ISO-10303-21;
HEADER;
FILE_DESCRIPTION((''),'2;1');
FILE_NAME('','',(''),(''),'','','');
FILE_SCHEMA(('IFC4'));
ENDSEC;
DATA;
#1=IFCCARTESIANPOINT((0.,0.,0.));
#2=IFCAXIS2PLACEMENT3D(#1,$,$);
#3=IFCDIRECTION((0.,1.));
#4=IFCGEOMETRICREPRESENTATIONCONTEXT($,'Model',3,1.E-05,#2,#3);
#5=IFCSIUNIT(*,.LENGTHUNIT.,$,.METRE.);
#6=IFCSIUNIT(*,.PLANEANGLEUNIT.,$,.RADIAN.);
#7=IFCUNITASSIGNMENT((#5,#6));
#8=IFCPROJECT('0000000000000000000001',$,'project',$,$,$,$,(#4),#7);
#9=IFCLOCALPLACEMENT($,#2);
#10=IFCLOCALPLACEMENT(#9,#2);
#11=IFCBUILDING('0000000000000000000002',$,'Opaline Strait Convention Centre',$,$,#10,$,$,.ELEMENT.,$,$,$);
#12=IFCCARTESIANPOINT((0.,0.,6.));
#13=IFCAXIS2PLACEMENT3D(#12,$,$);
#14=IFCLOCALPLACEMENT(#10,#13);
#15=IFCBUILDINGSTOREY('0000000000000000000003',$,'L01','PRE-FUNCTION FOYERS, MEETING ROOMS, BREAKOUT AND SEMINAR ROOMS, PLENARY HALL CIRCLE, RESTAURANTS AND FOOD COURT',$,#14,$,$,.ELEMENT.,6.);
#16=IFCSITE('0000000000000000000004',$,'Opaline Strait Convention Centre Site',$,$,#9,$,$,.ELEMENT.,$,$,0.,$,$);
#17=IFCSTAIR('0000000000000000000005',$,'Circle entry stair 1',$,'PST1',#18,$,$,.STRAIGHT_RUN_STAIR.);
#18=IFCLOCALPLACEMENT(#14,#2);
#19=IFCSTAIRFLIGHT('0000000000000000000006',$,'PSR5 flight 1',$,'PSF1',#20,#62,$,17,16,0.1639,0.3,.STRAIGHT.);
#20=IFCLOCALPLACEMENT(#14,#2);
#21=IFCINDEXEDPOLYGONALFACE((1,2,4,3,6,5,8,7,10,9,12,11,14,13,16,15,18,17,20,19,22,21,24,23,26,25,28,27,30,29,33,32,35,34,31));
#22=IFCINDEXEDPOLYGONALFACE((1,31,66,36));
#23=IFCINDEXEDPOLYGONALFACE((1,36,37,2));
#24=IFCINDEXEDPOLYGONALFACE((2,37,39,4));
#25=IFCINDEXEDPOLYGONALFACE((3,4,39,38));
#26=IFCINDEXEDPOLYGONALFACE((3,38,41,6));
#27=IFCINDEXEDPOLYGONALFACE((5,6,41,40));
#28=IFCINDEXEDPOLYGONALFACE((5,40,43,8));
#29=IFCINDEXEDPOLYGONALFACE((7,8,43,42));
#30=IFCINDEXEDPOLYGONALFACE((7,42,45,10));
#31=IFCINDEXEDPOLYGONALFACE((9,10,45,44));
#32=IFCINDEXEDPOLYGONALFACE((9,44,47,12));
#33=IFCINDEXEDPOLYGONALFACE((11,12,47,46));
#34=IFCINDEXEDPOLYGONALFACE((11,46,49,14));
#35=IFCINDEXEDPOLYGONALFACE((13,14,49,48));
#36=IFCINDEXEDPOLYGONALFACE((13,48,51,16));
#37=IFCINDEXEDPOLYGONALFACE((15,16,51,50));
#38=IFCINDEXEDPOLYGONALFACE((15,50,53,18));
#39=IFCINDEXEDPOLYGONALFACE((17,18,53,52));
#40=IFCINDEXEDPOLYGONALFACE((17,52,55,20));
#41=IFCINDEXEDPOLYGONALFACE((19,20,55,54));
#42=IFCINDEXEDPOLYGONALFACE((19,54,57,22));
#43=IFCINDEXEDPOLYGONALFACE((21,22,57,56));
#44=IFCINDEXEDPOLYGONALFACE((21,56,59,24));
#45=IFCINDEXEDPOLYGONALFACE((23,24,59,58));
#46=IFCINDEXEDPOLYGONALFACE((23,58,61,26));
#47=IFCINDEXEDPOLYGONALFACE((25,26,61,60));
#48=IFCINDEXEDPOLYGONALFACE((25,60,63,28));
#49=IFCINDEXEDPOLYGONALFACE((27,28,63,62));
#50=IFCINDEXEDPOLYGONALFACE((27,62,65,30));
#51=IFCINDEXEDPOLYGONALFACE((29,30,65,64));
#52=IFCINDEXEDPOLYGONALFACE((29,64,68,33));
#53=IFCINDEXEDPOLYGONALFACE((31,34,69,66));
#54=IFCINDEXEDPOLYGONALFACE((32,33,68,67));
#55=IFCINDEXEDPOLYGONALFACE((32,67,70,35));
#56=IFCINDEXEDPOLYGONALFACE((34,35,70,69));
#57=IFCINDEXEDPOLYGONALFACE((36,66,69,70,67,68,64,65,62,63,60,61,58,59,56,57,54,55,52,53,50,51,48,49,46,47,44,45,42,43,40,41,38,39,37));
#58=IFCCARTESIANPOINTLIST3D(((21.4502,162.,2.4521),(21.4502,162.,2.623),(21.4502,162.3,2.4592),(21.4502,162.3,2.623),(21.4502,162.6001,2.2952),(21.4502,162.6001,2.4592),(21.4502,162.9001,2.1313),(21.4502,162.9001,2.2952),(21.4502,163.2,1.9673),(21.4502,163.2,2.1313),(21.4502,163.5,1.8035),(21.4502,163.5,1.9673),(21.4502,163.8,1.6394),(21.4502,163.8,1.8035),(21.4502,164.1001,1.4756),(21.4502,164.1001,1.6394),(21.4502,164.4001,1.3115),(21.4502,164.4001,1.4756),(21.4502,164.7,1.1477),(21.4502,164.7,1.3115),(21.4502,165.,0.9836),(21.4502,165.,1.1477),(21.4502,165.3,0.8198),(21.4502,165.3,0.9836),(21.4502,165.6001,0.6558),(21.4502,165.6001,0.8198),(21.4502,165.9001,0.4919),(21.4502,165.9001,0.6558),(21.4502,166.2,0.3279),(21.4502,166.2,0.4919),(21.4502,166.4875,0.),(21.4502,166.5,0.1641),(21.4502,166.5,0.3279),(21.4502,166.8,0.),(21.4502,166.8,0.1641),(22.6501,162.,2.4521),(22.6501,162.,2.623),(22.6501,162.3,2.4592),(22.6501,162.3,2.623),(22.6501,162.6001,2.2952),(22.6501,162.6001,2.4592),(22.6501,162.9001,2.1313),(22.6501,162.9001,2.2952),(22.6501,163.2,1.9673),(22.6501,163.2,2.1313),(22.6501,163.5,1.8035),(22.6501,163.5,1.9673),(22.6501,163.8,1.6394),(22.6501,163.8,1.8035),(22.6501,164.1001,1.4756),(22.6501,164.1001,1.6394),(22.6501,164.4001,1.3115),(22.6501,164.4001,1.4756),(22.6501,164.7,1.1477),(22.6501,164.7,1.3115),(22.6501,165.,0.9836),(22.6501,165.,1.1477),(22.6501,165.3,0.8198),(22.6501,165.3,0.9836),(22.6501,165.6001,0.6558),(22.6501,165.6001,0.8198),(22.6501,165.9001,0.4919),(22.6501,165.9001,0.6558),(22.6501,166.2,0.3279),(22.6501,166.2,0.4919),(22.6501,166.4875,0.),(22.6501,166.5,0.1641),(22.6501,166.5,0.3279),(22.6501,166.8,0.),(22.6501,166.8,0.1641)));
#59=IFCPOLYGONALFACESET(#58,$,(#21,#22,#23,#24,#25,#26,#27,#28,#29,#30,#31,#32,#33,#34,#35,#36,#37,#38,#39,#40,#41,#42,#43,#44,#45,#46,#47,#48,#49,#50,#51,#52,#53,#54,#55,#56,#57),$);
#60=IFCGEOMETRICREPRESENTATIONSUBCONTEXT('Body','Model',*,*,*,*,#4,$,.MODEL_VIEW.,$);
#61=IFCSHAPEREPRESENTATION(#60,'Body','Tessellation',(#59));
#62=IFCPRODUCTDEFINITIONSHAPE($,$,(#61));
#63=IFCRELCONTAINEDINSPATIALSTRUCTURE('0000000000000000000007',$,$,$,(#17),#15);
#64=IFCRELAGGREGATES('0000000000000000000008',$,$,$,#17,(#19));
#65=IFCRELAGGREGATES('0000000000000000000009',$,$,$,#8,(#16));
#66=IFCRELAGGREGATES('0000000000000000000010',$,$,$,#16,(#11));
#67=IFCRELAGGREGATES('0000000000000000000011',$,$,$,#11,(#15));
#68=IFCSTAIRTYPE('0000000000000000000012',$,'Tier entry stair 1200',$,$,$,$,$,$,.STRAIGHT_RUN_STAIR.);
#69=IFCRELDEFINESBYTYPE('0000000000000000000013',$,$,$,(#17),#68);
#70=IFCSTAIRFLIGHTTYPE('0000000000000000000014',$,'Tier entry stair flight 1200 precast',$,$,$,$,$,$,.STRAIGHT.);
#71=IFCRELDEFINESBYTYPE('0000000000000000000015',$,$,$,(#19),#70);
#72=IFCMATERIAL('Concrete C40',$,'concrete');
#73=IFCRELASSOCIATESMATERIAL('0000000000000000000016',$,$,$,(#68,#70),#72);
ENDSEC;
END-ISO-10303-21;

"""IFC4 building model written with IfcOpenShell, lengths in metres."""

from ifc_helpers import new_model, si_unit, direction, frame, origin, place, context, subcontext, project, spatial, polyline, outline, extrude, material, type_object, element, aggregate, save


model = new_model("IFC4")

# Units and contexts
model_context = context("Model", 3, precision=1e-05, world=origin(), true_north=direction((0.0, 1.0)))
body_context = subcontext(model_context, "Body", "Model", "MODEL_VIEW")
ifc_project = project(units=[si_unit("LENGTHUNIT", "METRE"), si_unit("PLANEANGLEUNIT", "RADIAN")], contexts=[model_context])

# Site, building, storey
site_placement = place(None, origin())
site = spatial("IfcSite", under=ifc_project, at=site_placement, Name="Opaline Strait Convention Centre Site", CompositionType="ELEMENT", RefElevation=0.0)
building_placement = place(site_placement, origin())
building = spatial("IfcBuilding", under=site, at=building_placement, Name="Opaline Strait Convention Centre", CompositionType="ELEMENT")
storey_placement = place(building_placement, frame((0.0, 0.0, 6.0)))
storey = spatial("IfcBuildingStorey", under=building, at=storey_placement, Name="L01", Description="PRE-FUNCTION FOYERS, MEETING ROOMS, BREAKOUT AND SEMINAR ROOMS, PLENARY HALL CIRCLE, RESTAURANTS AND FOOD COURT", CompositionType="ELEMENT", Elevation=6.0)

# Shared definitions
ifc_material_1 = material(Name="Concrete C40", Category="concrete")

# Stair, stair flight
stair_type = type_object("IfcStairType", Name="Tier entry stair 1200", PredefinedType="STRAIGHT_RUN_STAIR", material=ifc_material_1)
stair_placement = place(storey_placement, origin())
stair = element("IfcStair", 1, at=stair_placement, inside=storey, type_object=stair_type, Name="Circle entry stair 1", ObjectType="PST1", PredefinedType="STRAIGHT_RUN_STAIR")
stair_flight_type = type_object("IfcStairFlightType", Name="Tier entry stair flight 1200 precast", PredefinedType="STRAIGHT", material=ifc_material_1)
stair_flight_placement = place(storey_placement, frame((22.05, 166.8, 0.0), z_axis=(0.0, 0.0, 1.0), x_axis=(0.0, -1.0, 0.0)))
stair_flight = element("IfcStairFlight", 2, at=stair_flight_placement, type_object=stair_flight_type, Name="PSR5 flight 1", ObjectType="PSF1", NumberOfRisers=17, NumberOfTreads=16, PredefinedType="STRAIGHT", RiserHeight=0.1639, TreadLength=0.3, context=body_context, shape_type="SweptSolid", body=[
    extrude(outline(polyline([(0.0, 0.0), (0.0, 0.1641), (0.3, 0.1641), (0.3, 0.3279), (0.6001, 0.3279), (0.6001, 0.4919), (0.8999, 0.4919), (0.8999, 0.6558), (1.2, 0.6558), (1.2, 0.8198), (1.5, 0.8198), (1.5, 0.9836), (1.8, 0.9836), (1.8, 1.1477), (2.1001, 1.1477), (2.1001, 1.3115), (2.3999, 1.3115), (2.3999, 1.4756), (2.7, 1.4756), (2.7, 1.6394), (3.0, 1.6394), (3.0, 1.8035), (3.3, 1.8035), (3.3, 1.9673), (3.6001, 1.9673), (3.6001, 2.1313), (3.8999, 2.1313), (3.8999, 2.2952), (4.2, 2.2952), (4.2, 2.4592), (4.5, 2.4592), (4.5, 2.623), (4.8, 2.623), (4.8, 2.7871), (4.8, 2.4521), (0.3125, 0.0), (0.0, 0.0)])), frame((0.0, 0.6001, 0.0), z_axis=(0.0, -1.0, 0.0), x_axis=(1.0, 0.0, 0.0)), (0.0, 0.0, 1.0), 1.2),
])
aggregate(stair, [stair_flight])

save(model, "model.ifc")
